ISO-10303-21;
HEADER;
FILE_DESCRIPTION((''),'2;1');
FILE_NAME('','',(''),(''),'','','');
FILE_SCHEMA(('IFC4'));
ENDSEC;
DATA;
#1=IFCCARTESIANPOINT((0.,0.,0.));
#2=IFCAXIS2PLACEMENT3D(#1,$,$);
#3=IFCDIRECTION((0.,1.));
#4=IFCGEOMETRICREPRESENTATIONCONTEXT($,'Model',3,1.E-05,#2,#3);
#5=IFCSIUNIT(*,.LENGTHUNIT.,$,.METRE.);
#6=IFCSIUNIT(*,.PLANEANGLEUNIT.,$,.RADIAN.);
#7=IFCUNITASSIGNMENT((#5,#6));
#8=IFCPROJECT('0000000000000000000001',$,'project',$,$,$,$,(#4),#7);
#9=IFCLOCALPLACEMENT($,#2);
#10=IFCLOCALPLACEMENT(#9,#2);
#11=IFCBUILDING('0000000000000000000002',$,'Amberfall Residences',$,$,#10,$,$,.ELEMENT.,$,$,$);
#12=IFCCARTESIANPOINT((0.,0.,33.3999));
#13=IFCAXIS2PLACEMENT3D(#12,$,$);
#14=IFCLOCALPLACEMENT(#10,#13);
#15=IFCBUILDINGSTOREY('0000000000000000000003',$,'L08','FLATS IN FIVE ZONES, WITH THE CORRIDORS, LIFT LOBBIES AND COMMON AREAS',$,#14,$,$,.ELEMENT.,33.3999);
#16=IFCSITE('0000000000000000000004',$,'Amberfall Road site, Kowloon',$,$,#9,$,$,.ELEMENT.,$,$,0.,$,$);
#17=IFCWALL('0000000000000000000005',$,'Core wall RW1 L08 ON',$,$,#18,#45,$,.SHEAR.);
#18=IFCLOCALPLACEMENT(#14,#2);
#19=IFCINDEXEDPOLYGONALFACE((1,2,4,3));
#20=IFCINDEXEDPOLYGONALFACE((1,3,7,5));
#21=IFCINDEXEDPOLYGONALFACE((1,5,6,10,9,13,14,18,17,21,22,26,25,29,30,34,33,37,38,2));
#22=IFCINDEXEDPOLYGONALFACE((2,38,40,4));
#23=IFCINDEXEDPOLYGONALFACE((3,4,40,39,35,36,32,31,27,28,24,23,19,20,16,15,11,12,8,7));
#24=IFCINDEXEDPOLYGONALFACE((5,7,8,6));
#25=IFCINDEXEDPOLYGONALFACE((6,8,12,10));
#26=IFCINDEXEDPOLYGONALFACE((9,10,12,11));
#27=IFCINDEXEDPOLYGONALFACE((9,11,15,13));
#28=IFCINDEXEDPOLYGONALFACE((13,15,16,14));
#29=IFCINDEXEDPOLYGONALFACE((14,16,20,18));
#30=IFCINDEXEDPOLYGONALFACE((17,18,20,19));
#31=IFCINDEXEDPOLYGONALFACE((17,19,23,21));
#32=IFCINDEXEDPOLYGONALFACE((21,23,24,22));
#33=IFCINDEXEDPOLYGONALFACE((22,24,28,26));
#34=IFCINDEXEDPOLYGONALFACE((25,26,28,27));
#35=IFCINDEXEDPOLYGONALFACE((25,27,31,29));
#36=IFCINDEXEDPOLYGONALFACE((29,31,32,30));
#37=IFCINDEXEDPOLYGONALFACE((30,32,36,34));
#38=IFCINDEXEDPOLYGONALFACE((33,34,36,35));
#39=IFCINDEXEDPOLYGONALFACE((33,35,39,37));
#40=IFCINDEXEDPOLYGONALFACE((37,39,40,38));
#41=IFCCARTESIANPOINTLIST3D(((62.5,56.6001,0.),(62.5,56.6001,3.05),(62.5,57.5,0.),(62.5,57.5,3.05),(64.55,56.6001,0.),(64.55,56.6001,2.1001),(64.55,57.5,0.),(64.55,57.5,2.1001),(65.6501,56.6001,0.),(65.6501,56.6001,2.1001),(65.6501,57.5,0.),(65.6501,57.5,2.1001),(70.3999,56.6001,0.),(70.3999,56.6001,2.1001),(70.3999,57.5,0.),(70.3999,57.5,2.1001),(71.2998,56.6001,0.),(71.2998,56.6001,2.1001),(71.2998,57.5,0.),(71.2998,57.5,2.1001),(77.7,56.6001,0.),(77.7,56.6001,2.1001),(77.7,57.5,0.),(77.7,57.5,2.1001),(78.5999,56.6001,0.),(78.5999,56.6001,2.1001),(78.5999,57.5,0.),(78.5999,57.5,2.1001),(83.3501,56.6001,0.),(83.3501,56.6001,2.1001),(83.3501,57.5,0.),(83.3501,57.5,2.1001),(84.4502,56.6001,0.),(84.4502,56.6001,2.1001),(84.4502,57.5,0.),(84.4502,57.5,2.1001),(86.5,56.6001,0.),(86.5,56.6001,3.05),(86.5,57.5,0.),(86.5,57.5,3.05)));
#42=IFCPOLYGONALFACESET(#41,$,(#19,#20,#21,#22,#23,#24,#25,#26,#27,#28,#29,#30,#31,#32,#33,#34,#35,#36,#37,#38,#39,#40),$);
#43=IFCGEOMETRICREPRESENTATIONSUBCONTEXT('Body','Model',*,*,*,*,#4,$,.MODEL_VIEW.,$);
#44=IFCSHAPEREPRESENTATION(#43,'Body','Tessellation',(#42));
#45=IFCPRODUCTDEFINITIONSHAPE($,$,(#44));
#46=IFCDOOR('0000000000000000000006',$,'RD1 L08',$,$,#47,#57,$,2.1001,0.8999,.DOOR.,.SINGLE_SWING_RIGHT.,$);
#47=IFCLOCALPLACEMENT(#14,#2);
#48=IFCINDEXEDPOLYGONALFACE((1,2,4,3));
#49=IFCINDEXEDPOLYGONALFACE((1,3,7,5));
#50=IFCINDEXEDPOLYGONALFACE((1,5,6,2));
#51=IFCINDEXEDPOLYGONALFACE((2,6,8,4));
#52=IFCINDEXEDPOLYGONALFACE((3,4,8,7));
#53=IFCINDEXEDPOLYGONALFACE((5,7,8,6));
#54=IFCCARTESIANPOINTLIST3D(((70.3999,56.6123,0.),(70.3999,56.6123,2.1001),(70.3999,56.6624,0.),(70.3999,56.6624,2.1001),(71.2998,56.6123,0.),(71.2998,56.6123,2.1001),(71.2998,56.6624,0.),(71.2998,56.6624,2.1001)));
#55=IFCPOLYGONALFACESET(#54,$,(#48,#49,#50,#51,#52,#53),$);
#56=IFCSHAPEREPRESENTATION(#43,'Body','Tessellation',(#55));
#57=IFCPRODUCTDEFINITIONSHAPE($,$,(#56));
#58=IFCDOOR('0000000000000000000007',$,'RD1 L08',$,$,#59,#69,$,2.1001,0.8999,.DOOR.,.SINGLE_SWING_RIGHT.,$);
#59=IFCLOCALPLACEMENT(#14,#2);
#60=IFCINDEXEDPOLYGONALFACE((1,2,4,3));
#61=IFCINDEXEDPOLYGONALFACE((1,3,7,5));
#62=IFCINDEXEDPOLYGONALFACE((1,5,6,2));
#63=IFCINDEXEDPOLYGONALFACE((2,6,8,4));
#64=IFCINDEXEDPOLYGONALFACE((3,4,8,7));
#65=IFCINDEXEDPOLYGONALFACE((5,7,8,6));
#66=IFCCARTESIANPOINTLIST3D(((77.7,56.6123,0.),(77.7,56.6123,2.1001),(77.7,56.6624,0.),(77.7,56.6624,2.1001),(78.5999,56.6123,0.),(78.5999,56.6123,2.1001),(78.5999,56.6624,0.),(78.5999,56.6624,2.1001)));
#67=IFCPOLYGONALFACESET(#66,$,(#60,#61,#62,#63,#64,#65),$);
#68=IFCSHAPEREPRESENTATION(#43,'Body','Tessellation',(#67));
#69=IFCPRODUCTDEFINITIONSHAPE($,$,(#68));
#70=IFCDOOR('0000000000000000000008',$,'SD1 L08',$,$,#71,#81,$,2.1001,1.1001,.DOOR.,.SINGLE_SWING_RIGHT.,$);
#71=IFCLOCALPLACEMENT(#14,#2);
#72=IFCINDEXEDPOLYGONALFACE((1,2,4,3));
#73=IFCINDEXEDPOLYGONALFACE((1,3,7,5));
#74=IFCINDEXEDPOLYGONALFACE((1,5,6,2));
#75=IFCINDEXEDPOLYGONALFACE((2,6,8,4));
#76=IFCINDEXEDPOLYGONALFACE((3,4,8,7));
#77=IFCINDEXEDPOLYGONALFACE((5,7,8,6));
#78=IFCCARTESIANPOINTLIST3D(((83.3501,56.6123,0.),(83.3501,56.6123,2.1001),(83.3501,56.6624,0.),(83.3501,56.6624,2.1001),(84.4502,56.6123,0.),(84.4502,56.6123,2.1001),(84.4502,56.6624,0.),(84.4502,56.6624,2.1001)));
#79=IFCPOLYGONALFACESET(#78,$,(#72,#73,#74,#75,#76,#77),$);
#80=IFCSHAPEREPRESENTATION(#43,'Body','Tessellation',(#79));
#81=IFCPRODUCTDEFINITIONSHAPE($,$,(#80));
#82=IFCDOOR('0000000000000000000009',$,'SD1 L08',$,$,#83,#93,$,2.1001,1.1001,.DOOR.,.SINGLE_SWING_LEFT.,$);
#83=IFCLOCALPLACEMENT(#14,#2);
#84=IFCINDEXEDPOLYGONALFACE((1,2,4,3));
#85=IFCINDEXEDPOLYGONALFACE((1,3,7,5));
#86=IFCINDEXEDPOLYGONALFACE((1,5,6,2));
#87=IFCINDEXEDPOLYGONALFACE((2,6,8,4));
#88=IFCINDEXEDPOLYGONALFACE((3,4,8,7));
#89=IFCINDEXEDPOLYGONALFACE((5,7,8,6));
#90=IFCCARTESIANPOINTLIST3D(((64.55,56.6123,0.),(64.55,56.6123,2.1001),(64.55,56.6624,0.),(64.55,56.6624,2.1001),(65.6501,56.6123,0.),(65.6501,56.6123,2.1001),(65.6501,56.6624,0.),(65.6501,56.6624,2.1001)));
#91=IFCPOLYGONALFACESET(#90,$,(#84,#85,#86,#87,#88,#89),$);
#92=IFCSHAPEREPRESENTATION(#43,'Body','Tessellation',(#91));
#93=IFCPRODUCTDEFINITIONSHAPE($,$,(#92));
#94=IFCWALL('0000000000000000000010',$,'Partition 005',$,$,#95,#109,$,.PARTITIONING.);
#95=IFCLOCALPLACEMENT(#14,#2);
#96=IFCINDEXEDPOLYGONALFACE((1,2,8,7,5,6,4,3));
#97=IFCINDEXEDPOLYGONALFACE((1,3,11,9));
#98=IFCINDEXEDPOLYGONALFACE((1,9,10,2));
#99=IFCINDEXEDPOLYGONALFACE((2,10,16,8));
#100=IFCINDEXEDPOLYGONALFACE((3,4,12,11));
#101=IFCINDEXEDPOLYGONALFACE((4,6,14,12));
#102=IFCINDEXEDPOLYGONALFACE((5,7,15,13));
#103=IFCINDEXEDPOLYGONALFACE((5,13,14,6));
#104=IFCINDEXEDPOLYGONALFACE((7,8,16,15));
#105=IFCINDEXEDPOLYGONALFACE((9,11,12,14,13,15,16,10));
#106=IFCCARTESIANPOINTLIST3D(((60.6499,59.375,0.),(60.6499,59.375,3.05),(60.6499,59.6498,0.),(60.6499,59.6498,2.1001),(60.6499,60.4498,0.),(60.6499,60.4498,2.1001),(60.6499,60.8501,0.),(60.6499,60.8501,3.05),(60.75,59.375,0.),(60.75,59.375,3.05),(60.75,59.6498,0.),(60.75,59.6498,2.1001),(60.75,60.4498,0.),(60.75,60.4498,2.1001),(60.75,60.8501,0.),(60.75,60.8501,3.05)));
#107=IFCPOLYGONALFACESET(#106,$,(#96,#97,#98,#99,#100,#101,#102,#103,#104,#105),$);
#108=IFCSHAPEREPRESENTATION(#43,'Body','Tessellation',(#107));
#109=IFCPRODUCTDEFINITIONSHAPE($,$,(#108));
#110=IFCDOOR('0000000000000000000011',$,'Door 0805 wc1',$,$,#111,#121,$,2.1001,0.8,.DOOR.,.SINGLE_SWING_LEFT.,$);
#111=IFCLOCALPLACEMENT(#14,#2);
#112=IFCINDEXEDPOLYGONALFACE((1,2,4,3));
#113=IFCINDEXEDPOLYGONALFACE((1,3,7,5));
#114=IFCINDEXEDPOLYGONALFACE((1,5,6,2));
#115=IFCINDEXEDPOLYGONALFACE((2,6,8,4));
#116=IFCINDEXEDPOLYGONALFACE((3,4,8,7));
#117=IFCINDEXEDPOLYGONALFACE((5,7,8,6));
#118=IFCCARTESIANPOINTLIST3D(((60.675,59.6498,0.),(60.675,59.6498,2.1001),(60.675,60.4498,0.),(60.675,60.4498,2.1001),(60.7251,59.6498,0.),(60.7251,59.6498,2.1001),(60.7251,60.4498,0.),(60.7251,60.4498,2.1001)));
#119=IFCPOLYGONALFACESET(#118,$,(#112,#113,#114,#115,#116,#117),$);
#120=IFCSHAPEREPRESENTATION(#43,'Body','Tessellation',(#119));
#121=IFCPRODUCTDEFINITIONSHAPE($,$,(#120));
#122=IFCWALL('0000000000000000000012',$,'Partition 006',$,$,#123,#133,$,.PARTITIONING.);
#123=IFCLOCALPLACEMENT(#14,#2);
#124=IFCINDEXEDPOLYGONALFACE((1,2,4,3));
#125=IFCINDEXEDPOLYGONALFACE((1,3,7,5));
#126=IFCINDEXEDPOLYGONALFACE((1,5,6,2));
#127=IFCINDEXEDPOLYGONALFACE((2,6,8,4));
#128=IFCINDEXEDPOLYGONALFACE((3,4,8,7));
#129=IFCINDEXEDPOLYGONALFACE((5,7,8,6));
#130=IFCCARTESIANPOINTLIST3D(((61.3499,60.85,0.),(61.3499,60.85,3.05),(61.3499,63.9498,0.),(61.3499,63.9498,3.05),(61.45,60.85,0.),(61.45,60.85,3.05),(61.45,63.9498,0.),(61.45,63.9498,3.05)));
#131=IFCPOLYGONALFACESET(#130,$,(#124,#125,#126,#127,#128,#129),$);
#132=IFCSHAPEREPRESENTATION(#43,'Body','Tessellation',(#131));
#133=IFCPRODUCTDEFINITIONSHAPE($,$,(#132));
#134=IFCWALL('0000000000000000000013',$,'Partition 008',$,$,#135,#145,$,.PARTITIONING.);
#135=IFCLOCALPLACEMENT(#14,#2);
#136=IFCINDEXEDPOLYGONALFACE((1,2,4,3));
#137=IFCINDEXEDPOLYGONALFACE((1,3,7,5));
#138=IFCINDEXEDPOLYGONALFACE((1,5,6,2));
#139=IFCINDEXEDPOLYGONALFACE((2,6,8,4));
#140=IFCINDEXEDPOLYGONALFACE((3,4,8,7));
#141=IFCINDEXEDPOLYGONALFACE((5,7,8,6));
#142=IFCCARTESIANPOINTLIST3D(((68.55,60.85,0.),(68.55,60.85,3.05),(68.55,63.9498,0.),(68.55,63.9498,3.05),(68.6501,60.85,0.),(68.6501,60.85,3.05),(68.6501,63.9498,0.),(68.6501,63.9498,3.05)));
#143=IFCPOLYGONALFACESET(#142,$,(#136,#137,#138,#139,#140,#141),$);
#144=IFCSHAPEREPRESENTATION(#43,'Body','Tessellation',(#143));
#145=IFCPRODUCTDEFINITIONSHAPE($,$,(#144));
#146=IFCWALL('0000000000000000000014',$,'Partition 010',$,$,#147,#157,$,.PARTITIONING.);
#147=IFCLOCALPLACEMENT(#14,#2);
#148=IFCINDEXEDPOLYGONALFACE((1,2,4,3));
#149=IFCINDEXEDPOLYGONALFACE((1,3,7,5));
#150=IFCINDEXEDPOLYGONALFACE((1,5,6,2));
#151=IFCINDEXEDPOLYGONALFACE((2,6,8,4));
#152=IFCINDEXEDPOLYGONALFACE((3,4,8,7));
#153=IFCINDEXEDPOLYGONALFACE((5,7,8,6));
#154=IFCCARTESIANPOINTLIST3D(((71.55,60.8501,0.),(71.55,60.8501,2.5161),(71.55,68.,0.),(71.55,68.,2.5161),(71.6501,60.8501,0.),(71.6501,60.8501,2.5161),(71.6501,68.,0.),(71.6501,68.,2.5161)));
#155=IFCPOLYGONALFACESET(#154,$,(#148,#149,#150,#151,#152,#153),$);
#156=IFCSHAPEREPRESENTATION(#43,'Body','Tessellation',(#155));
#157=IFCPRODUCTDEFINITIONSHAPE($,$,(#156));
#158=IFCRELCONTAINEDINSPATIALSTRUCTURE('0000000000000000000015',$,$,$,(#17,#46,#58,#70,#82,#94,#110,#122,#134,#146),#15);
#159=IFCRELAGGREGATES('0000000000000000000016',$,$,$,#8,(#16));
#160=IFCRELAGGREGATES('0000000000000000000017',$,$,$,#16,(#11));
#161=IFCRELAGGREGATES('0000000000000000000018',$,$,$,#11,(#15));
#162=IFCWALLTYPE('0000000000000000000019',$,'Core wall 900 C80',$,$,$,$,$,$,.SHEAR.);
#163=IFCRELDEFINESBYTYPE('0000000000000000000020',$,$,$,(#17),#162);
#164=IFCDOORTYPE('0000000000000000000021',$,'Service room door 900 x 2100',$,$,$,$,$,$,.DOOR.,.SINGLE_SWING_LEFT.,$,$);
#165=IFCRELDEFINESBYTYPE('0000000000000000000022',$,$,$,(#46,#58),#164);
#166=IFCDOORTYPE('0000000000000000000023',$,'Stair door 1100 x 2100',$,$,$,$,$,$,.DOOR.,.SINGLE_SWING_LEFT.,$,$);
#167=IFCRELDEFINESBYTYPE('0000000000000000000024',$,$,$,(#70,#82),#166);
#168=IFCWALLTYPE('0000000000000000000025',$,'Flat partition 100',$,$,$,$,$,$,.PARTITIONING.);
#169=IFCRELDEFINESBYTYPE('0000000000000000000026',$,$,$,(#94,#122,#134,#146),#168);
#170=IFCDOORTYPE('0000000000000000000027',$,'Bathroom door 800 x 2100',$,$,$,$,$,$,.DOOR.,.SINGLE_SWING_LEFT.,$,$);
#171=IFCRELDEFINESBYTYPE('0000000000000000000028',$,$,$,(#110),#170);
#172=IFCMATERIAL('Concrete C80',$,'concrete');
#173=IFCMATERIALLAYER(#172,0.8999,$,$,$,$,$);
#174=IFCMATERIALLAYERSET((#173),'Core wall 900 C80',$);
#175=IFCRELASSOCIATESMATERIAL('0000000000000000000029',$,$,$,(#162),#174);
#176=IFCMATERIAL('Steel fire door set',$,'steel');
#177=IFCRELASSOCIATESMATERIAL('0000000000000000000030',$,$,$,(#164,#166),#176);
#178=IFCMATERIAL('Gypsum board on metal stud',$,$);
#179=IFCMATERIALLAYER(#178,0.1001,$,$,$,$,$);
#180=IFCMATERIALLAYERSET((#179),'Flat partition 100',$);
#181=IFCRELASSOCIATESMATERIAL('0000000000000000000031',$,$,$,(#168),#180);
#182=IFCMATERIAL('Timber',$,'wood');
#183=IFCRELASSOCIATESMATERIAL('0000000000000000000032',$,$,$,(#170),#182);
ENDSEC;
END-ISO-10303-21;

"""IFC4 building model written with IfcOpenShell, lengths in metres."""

from ifc_helpers import new_model, si_unit, direction, frame, frame_2d, origin, place, context, subcontext, project, spatial, rectangle, extrude, material, layer, layer_set, type_object, element, fill, save


model = new_model("IFC4")

# Units and contexts
model_context = context("Model", 3, precision=1e-05, world=origin(), true_north=direction((0.0, 1.0)))
body_context = subcontext(model_context, "Body", "Model", "MODEL_VIEW")
ifc_project = project(units=[si_unit("LENGTHUNIT", "METRE"), si_unit("PLANEANGLEUNIT", "RADIAN")], contexts=[model_context])

# Site, building, storey
site_placement = place(None, origin())
site = spatial("IfcSite", under=ifc_project, at=site_placement, Name="Amberfall Road site, Kowloon", CompositionType="ELEMENT", RefElevation=0.0)
building_placement = place(site_placement, origin())
building = spatial("IfcBuilding", under=site, at=building_placement, Name="Amberfall Residences", CompositionType="ELEMENT")
storey_placement = place(building_placement, frame((0.0, 0.0, 33.3999)))
storey = spatial("IfcBuildingStorey", under=building, at=storey_placement, Name="L08", Description="FLATS IN FIVE ZONES, WITH THE CORRIDORS, LIFT LOBBIES AND COMMON AREAS", CompositionType="ELEMENT", Elevation=33.3999)

# Wall, openings, doors
ifc_material_1 = material(Name="Concrete C80", Category="concrete")
ifc_layer_1 = layer(ifc_material_1, 0.8999)
ifc_layer_set_1 = layer_set([ifc_layer_1], Name="Core wall 900 C80")
wall_type_1 = type_object("IfcWallType", Name="Core wall 900 C80", PredefinedType="SHEAR", material=ifc_layer_set_1)
wall_1_placement = place(storey_placement, frame((62.5, 57.05, 0.0), z_axis=(0.0, 0.0, 1.0), x_axis=(1.0, 0.0, 0.0)))
wall_1 = element("IfcWall", 1, at=wall_1_placement, inside=storey, type_object=wall_type_1, Name="Core wall RW1 L08 ON", PredefinedType="SHEAR", context=body_context, shape_type="SweptSolid", body=[
    extrude(rectangle(XDim=24.0, YDim=0.8999, at=frame_2d((12.0, 0.0))), origin(), (0.0, 0.0, 1.0), 3.05),
])
opening_1_placement = place(wall_1_placement, frame((20.8501, 0.0, 0.0)))
opening_1 = element("IfcOpeningElement", 2, at=opening_1_placement, cuts=wall_1, PredefinedType="OPENING", context=body_context, shape_type="SweptSolid", body=[
    extrude(rectangle(XDim=1.1001, YDim=2.1001, at=frame_2d((0.55, 1.05))), frame((0.0, 0.46, 0.0), z_axis=(0.0, -1.0, 0.0), x_axis=(1.0, 0.0, 0.0)), (0.0, 0.0, 1.0), 0.9199),
])
opening_2_placement = place(wall_1_placement, frame((2.05, 0.0, 0.0)))
opening_2 = element("IfcOpeningElement", 3, at=opening_2_placement, cuts=wall_1, PredefinedType="OPENING", context=body_context, shape_type="SweptSolid", body=[
    extrude(rectangle(XDim=1.1001, YDim=2.1001, at=frame_2d((0.55, 1.05))), frame((0.0, 0.46, 0.0), z_axis=(0.0, -1.0, 0.0), x_axis=(1.0, 0.0, 0.0)), (0.0, 0.0, 1.0), 0.9199),
])
opening_3_placement = place(wall_1_placement, frame((7.8999, 0.0, 0.0)))
opening_3 = element("IfcOpeningElement", 4, at=opening_3_placement, cuts=wall_1, PredefinedType="OPENING", context=body_context, shape_type="SweptSolid", body=[
    extrude(rectangle(XDim=0.8999, YDim=2.1001, at=frame_2d((0.45, 1.05))), frame((0.0, 0.46, 0.0), z_axis=(0.0, -1.0, 0.0), x_axis=(1.0, 0.0, 0.0)), (0.0, 0.0, 1.0), 0.9199),
])
opening_4_placement = place(wall_1_placement, frame((15.2, 0.0, 0.0)))
opening_4 = element("IfcOpeningElement", 5, at=opening_4_placement, cuts=wall_1, PredefinedType="OPENING", context=body_context, shape_type="SweptSolid", body=[
    extrude(rectangle(XDim=0.8999, YDim=2.1001, at=frame_2d((0.45, 1.05))), frame((0.0, 0.46, 0.0), z_axis=(0.0, -1.0, 0.0), x_axis=(1.0, 0.0, 0.0)), (0.0, 0.0, 1.0), 0.9199),
])
ifc_material_2 = material(Name="Steel fire door set", Category="steel")
door_type_1 = type_object("IfcDoorType", Name="Service room door 900 x 2100", OperationType="SINGLE_SWING_LEFT", PredefinedType="DOOR", material=ifc_material_2)
door_1_placement = place(opening_3_placement, origin())
door_1 = element("IfcDoor", 6, at=door_1_placement, inside=storey, type_object=door_type_1, Name="RD1 L08", OperationType="SINGLE_SWING_RIGHT", OverallHeight=2.1001, OverallWidth=0.8999, PredefinedType="DOOR", context=body_context, shape_type="SweptSolid", body=[
    extrude(rectangle(XDim=0.8999, YDim=2.1001, at=frame_2d((0.45, 1.05))), frame((0.0, -0.3877, 0.0), z_axis=(0.0, -1.0, 0.0), x_axis=(1.0, 0.0, 0.0)), (0.0, 0.0, 1.0), 0.05),
])
fill(opening_3, door_1)
door_2_placement = place(opening_4_placement, origin())
door_2 = element("IfcDoor", 7, at=door_2_placement, inside=storey, type_object=door_type_1, Name="RD1 L08", OperationType="SINGLE_SWING_RIGHT", OverallHeight=2.1001, OverallWidth=0.8999, PredefinedType="DOOR", context=body_context, shape_type="SweptSolid", body=[
    extrude(rectangle(XDim=0.8999, YDim=2.1001, at=frame_2d((0.45, 1.05))), frame((0.0, -0.3877, 0.0), z_axis=(0.0, -1.0, 0.0), x_axis=(1.0, 0.0, 0.0)), (0.0, 0.0, 1.0), 0.05),
])
fill(opening_4, door_2)
door_type_2 = type_object("IfcDoorType", Name="Stair door 1100 x 2100", OperationType="SINGLE_SWING_LEFT", PredefinedType="DOOR", material=ifc_material_2)
door_3_placement = place(opening_1_placement, origin())
door_3 = element("IfcDoor", 8, at=door_3_placement, inside=storey, type_object=door_type_2, Name="SD1 L08", OperationType="SINGLE_SWING_RIGHT", OverallHeight=2.1001, OverallWidth=1.1001, PredefinedType="DOOR", context=body_context, shape_type="SweptSolid", body=[
    extrude(rectangle(XDim=1.1001, YDim=2.1001, at=frame_2d((0.55, 1.05))), frame((0.0, -0.3877, 0.0), z_axis=(0.0, -1.0, 0.0), x_axis=(1.0, 0.0, 0.0)), (0.0, 0.0, 1.0), 0.05),
])
fill(opening_1, door_3)
door_4_placement = place(opening_2_placement, origin())
door_4 = element("IfcDoor", 9, at=door_4_placement, inside=storey, type_object=door_type_2, Name="SD1 L08", OperationType="SINGLE_SWING_LEFT", OverallHeight=2.1001, OverallWidth=1.1001, PredefinedType="DOOR", context=body_context, shape_type="SweptSolid", body=[
    extrude(rectangle(XDim=1.1001, YDim=2.1001, at=frame_2d((0.55, 1.05))), frame((0.0, -0.3877, 0.0), z_axis=(0.0, -1.0, 0.0), x_axis=(1.0, 0.0, 0.0)), (0.0, 0.0, 1.0), 0.05),
])
fill(opening_2, door_4)

# Wall, opening, door
ifc_material_3 = material(Name="Gypsum board on metal stud")
ifc_layer_2 = layer(ifc_material_3, 0.1001)
ifc_layer_set_2 = layer_set([ifc_layer_2], Name="Flat partition 100")
wall_type_2 = type_object("IfcWallType", Name="Flat partition 100", PredefinedType="PARTITIONING", material=ifc_layer_set_2)
wall_2_placement = place(storey_placement, frame((60.7, 59.375, 0.0), z_axis=(0.0, 0.0, 1.0), x_axis=(0.0, 1.0, 0.0)))
wall_2 = element("IfcWall", 10, at=wall_2_placement, inside=storey, type_object=wall_type_2, Name="Partition 005", PredefinedType="PARTITIONING", context=body_context, shape_type="SweptSolid", body=[
    extrude(rectangle(XDim=1.4751, YDim=0.1001, at=frame_2d((0.7375, 0.0))), origin(), (0.0, 0.0, 1.0), 3.05),
])
opening_5_placement = place(wall_2_placement, frame((0.2749, 0.0, 0.0)))
opening_5 = element("IfcOpeningElement", 11, at=opening_5_placement, cuts=wall_2, PredefinedType="OPENING", context=body_context, shape_type="SweptSolid", body=[
    extrude(rectangle(XDim=0.8, YDim=2.1001, at=frame_2d((0.3999, 1.05))), frame((0.0, 0.0601, 0.0), z_axis=(0.0, -1.0, 0.0), x_axis=(1.0, 0.0, 0.0)), (0.0, 0.0, 1.0), 0.1201),
])
ifc_material_4 = material(Name="Timber", Category="wood")
door_type_3 = type_object("IfcDoorType", Name="Bathroom door 800 x 2100", OperationType="SINGLE_SWING_LEFT", PredefinedType="DOOR", material=ifc_material_4)
door_5_placement = place(opening_5_placement, origin())
door_5 = element("IfcDoor", 12, at=door_5_placement, inside=storey, type_object=door_type_3, Name="Door 0805 wc1", OperationType="SINGLE_SWING_LEFT", OverallHeight=2.1001, OverallWidth=0.8, PredefinedType="DOOR", context=body_context, shape_type="SweptSolid", body=[
    extrude(rectangle(XDim=0.8, YDim=2.1001, at=frame_2d((0.3999, 1.05))), frame((0.0, 0.0249, 0.0), z_axis=(0.0, -1.0, 0.0), x_axis=(1.0, 0.0, 0.0)), (0.0, 0.0, 1.0), 0.05),
])
fill(opening_5, door_5)

# Walls
for number, where, z_axis, x_axis, name in (
    (13, (61.3999, 60.8501, 0.0), (0.0, 0.0, 1.0), (0.0, 1.0, 0.0), "Partition 006"),
    (14, (68.6001, 60.8501, 0.0), (0.0, 0.0, 1.0), (0.0, 1.0, 0.0), "Partition 008"),
):
    element("IfcWall", number, at=place(storey_placement, frame(where, z_axis=z_axis, x_axis=x_axis)), inside=storey, type_object=wall_type_2, Name=name, PredefinedType="PARTITIONING", context=body_context, shape_type="SweptSolid", body=[
        extrude(rectangle(XDim=3.0999, YDim=0.1001, at=frame_2d((1.5498, 0.0))), origin(), (0.0, 0.0, 1.0), 3.05),
    ])
wall_3_placement = place(storey_placement, frame((71.6001, 60.8501, 0.0), z_axis=(0.0, 0.0, 1.0), x_axis=(0.0, 1.0, 0.0)))
element("IfcWall", 15, at=wall_3_placement, inside=storey, type_object=wall_type_2, Name="Partition 010", PredefinedType="PARTITIONING", context=body_context, shape_type="SweptSolid", body=[
    extrude(rectangle(XDim=7.1499, YDim=0.1001, at=frame_2d((3.575, 0.0))), origin(), (0.0, 0.0, 1.0), 2.5161),
])

save(model, "model.ifc")
